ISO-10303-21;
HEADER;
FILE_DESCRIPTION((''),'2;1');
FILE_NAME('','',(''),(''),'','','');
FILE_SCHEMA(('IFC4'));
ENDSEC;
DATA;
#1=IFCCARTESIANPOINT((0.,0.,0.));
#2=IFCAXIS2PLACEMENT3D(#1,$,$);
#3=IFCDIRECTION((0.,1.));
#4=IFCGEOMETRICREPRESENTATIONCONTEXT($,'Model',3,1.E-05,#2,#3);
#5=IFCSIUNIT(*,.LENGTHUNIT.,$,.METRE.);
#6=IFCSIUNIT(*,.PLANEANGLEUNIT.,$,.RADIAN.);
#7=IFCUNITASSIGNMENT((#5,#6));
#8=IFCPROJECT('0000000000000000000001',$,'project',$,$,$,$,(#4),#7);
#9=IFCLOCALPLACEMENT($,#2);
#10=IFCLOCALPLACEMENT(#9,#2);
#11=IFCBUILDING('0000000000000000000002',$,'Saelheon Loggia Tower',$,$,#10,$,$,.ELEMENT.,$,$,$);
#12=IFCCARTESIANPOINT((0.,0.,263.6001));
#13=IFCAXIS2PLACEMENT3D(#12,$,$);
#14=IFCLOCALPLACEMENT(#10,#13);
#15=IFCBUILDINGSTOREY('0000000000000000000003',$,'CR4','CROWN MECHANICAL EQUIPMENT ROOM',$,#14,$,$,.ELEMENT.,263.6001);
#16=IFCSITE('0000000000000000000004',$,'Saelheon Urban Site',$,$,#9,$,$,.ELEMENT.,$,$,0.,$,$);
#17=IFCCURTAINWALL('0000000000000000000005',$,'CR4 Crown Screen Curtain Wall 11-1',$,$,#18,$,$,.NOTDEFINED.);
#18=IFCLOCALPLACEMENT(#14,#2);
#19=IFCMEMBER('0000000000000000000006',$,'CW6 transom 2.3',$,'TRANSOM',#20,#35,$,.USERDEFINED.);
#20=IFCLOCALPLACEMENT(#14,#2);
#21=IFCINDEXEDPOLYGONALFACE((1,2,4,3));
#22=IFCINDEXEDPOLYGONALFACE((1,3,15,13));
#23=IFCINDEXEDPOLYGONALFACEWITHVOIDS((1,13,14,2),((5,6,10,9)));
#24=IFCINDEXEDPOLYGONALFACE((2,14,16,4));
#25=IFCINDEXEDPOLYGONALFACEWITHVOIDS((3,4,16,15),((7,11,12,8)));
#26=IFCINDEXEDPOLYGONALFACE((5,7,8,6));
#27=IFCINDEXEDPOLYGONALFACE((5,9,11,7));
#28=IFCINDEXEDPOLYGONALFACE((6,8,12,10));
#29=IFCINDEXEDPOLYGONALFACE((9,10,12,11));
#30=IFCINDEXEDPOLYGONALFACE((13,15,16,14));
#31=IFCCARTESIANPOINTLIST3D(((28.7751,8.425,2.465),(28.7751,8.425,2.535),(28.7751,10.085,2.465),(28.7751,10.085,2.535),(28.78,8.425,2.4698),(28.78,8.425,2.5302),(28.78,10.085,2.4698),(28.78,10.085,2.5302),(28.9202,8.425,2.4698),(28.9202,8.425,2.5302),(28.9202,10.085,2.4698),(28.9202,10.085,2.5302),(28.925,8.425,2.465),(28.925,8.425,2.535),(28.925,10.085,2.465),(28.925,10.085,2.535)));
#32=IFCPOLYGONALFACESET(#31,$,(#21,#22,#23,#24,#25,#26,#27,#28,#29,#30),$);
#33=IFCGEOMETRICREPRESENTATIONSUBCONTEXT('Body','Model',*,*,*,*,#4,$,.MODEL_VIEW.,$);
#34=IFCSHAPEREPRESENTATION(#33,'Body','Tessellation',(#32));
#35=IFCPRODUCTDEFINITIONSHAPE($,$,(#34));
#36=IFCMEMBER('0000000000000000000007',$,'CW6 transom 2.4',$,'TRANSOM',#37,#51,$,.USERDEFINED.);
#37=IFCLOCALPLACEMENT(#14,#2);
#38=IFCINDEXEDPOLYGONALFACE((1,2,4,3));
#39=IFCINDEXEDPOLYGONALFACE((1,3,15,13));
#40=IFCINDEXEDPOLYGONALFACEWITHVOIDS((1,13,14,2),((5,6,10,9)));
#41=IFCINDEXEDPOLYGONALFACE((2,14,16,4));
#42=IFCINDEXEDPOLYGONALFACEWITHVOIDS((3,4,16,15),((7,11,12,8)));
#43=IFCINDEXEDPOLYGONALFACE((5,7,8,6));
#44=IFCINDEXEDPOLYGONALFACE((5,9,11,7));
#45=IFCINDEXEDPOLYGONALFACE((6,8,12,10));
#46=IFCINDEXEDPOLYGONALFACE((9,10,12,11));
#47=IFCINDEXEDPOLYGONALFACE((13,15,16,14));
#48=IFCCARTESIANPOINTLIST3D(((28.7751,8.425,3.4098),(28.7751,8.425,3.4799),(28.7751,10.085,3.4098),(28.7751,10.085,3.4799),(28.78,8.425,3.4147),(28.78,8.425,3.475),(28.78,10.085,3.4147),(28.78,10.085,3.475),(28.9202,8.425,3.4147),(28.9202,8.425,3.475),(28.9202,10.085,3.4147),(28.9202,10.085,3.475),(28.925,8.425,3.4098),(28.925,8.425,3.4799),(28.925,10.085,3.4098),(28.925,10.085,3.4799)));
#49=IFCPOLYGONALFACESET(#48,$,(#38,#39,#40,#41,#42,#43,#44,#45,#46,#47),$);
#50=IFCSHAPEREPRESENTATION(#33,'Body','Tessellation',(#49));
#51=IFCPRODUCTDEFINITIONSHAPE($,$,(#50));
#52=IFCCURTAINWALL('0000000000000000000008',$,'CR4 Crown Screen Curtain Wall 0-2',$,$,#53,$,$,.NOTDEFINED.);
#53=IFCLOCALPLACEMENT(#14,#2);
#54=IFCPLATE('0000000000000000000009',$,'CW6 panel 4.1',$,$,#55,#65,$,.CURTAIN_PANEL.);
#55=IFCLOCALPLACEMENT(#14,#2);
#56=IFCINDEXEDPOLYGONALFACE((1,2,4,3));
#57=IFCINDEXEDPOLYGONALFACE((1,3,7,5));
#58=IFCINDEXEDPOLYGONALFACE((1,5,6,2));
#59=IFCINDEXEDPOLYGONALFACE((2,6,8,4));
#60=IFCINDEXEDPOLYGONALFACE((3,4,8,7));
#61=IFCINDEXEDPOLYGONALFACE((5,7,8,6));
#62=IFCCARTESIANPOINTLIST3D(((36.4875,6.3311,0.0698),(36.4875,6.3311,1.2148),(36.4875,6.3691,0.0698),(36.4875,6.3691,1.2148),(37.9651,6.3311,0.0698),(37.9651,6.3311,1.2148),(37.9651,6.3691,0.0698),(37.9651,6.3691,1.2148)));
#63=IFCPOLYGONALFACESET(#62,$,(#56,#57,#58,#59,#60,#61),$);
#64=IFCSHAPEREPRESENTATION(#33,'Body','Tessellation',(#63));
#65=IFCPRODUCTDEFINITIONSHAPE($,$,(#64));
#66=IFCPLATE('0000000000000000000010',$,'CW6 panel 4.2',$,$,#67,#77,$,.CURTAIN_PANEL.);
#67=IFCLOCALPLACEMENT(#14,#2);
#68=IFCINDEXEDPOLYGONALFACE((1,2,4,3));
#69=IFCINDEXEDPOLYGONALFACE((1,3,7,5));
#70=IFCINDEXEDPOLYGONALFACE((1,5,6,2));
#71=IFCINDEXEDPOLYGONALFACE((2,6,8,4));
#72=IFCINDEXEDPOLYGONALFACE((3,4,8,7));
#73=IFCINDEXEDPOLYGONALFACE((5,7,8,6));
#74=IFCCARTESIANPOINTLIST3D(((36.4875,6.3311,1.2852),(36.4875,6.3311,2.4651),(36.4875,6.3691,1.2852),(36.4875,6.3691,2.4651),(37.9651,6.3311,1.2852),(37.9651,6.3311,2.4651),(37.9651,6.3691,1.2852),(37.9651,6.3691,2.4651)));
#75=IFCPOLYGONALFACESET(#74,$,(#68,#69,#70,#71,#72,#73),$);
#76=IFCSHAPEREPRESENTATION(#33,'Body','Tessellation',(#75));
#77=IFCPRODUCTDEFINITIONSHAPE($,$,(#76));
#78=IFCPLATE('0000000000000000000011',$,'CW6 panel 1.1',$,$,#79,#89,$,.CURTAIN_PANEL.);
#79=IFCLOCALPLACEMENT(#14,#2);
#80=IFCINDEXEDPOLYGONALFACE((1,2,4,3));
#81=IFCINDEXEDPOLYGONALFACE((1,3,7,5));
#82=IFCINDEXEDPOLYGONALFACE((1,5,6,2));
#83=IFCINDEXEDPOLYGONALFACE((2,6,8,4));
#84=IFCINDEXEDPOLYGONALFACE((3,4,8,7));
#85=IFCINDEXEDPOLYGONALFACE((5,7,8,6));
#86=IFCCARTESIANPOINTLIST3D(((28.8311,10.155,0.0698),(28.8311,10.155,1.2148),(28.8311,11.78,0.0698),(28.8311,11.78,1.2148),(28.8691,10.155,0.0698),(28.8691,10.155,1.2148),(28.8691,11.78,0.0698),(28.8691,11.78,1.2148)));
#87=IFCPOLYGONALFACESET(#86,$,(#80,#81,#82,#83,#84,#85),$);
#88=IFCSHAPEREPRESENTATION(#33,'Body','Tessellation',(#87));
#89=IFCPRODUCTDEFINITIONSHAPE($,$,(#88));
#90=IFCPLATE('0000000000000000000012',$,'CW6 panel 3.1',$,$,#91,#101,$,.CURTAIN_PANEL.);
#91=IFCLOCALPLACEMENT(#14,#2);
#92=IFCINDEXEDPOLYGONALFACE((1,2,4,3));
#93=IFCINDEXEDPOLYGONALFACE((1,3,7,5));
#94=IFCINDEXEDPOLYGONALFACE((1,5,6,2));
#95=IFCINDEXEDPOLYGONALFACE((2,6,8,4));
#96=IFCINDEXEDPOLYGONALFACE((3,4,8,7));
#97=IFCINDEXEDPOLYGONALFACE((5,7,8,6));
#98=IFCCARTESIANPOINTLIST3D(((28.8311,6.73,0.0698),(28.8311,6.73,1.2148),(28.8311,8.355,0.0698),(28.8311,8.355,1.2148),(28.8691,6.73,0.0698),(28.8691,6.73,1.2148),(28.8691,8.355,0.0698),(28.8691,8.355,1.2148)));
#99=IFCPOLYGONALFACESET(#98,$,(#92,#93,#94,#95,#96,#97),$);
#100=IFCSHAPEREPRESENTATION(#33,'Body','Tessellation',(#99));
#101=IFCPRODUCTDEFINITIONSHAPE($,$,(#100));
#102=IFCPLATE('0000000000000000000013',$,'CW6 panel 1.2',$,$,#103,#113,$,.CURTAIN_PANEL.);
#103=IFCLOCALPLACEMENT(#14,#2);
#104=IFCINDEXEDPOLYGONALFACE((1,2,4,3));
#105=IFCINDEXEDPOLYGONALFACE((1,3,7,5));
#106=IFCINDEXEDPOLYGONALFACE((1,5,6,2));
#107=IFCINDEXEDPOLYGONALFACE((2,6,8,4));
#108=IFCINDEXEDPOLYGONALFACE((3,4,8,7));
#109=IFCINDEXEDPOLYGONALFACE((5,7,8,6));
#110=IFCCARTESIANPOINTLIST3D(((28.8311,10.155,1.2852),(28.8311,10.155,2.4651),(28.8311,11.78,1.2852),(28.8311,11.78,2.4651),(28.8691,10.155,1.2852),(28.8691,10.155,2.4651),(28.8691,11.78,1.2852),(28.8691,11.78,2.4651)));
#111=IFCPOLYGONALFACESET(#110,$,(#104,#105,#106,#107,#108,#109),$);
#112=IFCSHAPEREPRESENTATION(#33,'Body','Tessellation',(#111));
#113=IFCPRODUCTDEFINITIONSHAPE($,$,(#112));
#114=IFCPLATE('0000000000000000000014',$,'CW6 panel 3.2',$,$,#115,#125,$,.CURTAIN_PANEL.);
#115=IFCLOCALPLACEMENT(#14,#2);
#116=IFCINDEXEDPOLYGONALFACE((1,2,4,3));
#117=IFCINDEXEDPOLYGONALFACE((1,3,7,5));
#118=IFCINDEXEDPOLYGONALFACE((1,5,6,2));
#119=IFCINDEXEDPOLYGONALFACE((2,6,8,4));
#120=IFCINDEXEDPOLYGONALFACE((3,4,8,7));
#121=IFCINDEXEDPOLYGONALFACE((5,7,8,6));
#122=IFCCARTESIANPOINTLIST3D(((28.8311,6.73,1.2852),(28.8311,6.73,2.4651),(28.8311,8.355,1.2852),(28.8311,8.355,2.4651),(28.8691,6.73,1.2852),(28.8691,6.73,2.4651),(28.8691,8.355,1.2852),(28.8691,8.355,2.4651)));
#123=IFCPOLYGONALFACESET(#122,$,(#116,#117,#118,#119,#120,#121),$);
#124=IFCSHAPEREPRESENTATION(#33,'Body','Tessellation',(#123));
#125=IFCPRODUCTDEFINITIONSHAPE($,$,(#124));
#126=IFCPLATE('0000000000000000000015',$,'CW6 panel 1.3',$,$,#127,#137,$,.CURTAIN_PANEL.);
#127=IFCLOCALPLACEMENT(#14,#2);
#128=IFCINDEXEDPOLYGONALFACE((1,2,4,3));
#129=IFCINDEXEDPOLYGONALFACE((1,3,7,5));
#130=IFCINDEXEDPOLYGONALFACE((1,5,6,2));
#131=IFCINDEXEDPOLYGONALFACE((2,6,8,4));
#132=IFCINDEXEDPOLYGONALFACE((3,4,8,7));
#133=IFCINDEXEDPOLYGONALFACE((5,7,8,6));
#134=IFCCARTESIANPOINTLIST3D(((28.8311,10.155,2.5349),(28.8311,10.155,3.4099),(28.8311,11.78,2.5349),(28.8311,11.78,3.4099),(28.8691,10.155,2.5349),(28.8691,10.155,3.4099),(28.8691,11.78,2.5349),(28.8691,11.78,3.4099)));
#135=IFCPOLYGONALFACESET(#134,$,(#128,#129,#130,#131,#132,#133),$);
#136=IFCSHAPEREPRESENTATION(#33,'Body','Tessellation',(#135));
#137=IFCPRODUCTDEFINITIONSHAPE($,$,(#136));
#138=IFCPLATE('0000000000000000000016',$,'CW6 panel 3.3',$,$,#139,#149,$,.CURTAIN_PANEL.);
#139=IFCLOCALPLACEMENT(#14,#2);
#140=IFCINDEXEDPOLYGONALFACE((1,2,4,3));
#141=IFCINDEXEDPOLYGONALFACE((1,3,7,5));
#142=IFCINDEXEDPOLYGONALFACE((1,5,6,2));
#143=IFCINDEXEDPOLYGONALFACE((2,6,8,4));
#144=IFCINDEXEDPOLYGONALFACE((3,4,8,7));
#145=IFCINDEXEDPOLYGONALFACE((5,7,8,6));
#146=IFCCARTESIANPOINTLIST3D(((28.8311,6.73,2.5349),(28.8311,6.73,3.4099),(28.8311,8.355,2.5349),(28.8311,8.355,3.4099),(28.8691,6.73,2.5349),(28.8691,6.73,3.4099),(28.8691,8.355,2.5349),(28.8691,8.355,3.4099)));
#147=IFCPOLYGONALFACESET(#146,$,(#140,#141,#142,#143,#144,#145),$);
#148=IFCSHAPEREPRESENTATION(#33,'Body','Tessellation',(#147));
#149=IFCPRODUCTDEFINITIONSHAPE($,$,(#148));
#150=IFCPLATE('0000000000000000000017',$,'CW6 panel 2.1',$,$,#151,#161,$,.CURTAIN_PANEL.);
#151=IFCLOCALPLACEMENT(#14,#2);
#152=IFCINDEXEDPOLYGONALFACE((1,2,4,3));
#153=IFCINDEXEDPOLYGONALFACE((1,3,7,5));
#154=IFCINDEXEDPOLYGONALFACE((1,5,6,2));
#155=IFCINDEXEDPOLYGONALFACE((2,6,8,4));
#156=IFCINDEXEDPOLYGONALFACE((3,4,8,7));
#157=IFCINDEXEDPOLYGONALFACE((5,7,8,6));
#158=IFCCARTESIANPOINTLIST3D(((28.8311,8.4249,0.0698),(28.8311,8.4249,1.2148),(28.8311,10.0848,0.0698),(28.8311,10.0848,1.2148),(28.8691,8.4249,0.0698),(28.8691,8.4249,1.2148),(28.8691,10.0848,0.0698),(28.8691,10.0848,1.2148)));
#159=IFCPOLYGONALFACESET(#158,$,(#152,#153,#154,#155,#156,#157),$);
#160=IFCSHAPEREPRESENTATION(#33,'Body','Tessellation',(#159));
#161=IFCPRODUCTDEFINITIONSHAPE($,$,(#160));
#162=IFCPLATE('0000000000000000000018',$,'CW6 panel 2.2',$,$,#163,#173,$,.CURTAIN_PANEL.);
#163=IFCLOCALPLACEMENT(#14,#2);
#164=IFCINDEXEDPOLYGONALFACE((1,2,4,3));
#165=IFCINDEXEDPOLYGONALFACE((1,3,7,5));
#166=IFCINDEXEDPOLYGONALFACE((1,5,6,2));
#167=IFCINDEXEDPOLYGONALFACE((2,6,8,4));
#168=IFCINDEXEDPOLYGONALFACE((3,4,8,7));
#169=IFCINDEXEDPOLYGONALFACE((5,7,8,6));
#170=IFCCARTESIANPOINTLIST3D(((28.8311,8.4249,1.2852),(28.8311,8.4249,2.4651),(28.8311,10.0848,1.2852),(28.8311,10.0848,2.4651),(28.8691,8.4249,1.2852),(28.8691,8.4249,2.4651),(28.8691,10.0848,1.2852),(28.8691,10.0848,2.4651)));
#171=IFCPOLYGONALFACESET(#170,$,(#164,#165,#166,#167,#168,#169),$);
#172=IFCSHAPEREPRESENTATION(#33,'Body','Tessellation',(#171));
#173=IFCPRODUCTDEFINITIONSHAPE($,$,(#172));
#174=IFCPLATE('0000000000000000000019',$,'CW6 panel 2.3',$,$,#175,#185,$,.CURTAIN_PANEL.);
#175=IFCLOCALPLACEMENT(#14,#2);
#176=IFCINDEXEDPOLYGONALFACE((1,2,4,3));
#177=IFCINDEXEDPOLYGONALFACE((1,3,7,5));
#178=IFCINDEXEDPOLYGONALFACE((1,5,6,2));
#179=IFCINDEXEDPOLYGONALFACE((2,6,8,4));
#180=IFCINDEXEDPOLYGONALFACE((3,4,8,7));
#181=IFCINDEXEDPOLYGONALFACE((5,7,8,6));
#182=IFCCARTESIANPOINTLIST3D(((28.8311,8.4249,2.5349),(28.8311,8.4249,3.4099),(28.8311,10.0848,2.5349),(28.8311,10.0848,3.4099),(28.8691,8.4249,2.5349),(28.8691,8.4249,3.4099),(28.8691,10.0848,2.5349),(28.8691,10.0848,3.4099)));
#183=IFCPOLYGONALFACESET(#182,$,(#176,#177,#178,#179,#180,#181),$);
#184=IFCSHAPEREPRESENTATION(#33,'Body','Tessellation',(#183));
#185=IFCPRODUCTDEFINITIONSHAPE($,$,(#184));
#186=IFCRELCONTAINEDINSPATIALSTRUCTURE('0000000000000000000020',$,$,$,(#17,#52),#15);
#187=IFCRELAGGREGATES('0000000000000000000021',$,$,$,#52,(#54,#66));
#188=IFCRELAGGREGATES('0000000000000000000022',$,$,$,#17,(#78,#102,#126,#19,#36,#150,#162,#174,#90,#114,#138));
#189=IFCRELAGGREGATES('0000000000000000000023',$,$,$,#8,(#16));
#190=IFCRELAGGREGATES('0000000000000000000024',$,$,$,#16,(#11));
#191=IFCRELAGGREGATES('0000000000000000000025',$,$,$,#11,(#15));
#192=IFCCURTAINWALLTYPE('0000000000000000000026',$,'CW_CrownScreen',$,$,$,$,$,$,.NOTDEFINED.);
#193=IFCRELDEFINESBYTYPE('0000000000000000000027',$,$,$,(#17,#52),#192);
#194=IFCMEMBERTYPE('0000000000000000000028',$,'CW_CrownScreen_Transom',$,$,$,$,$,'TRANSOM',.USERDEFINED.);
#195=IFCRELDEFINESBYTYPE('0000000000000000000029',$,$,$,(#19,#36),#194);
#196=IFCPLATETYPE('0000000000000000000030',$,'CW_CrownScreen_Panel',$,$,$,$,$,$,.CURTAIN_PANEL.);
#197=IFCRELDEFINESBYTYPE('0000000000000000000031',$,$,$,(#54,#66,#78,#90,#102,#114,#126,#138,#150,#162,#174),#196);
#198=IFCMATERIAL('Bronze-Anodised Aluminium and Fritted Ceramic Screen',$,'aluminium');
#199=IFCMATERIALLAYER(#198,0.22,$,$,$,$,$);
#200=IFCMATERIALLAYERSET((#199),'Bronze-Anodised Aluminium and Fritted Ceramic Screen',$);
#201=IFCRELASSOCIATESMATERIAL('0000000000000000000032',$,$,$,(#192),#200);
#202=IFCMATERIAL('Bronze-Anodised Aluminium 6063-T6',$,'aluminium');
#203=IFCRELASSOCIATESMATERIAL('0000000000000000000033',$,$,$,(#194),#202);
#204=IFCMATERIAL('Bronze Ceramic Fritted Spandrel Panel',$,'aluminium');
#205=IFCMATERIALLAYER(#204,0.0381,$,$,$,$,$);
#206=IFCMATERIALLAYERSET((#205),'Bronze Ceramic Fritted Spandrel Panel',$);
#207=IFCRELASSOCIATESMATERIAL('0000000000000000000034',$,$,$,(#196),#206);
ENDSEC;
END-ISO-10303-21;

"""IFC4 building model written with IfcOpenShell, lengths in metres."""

from ifc_helpers import new_model, si_unit, direction, frame, origin, origin_2d, place, context, subcontext, project, spatial, rectangle, hollow_rectangle, extrude, source, transform, mapped, material, layer, layer_set, material_profile, profile_set, type_object, element, aggregate, save


model = new_model("IFC4")

# Units and contexts
model_context = context("Model", 3, precision=1e-05, world=origin(), true_north=direction((0.0, 1.0)))
body_context = subcontext(model_context, "Body", "Model", "MODEL_VIEW")
ifc_project = project(units=[si_unit("LENGTHUNIT", "METRE"), si_unit("PLANEANGLEUNIT", "RADIAN")], contexts=[model_context])

# Site, building, storey
site_placement = place(None, origin())
site = spatial("IfcSite", under=ifc_project, at=site_placement, Name="Saelheon Urban Site", CompositionType="ELEMENT", RefElevation=0.0)
building_placement = place(site_placement, origin())
building = spatial("IfcBuilding", under=site, at=building_placement, Name="Saelheon Loggia Tower", CompositionType="ELEMENT")
storey_placement = place(building_placement, frame((0.0, 0.0, 263.6001)))
storey = spatial("IfcBuildingStorey", under=building, at=storey_placement, Name="CR4", Description="CROWN MECHANICAL EQUIPMENT ROOM", CompositionType="ELEMENT", Elevation=263.6001)

# Curtain wall, members
ifc_material_1 = material(Name="Bronze-Anodised Aluminium and Fritted Ceramic Screen", Category="aluminium")
ifc_layer_1 = layer(ifc_material_1, 0.22)
ifc_layer_set_1 = layer_set([ifc_layer_1], Name="Bronze-Anodised Aluminium and Fritted Ceramic Screen")
curtain_wall_type = type_object("IfcCurtainWallType", Name="CW_CrownScreen", PredefinedType="NOTDEFINED", material=ifc_layer_set_1)
curtain_wall_1_placement = place(storey_placement, origin())
curtain_wall_1 = element("IfcCurtainWall", 1, at=curtain_wall_1_placement, inside=storey, type_object=curtain_wall_type, Name="CR4 Crown Screen Curtain Wall 11-1", PredefinedType="NOTDEFINED")
ifc_material_2 = material(Name="Bronze-Anodised Aluminium 6063-T6", Category="aluminium")
ifc_material_profile_1 = material_profile(ifc_material_2, hollow_rectangle(XDim=0.0701, YDim=0.1499, WallThickness=0.0049, at=origin_2d()), Name="RHS-150x70x5")
ifc_profile_set_1 = profile_set([ifc_material_profile_1], Name="Bronze-Anodised Aluminium 6063-T6")
member_type_1 = type_object("IfcMemberType", Name="CW_CrownScreen_Transom", ElementType="TRANSOM", PredefinedType="USERDEFINED", material=ifc_profile_set_1)
shared_shape_1 = source(origin(), body_context, "Body", "SweptSolid", [
    extrude(hollow_rectangle(XDim=0.0701, YDim=0.1499, WallThickness=0.0049, at=origin_2d()), origin(), (0.0, 0.0, 1.0), 1.6599),
])
member_1_placement = place(storey_placement, frame((28.8501, 10.085, 2.5), z_axis=(0.0, -1.0, 0.0), x_axis=(0.0, 0.0, 1.0)))
member_1 = element("IfcMember", 2, at=member_1_placement, type_object=member_type_1, Name="CW6 transom 2.3", ObjectType="TRANSOM", PredefinedType="USERDEFINED", context=body_context, shape_type="MappedRepresentation", body=[
    mapped(shared_shape_1, transform((0.0, 0.0, 0.0), scale=1.0)),
])
member_2_placement = place(storey_placement, frame((28.8501, 10.085, 3.4448), z_axis=(0.0, -1.0, 0.0), x_axis=(0.0, 0.0, 1.0)))
member_2 = element("IfcMember", 3, at=member_2_placement, type_object=member_type_1, Name="CW6 transom 2.4", ObjectType="TRANSOM", PredefinedType="USERDEFINED", context=body_context, shape_type="MappedRepresentation", body=[
    mapped(shared_shape_1, transform((0.0, 0.0, 0.0), scale=1.0)),
])

# Curtain wall, plates
curtain_wall_2_placement = place(storey_placement, origin())
curtain_wall_2 = element("IfcCurtainWall", 4, at=curtain_wall_2_placement, inside=storey, type_object=curtain_wall_type, Name="CR4 Crown Screen Curtain Wall 0-2", PredefinedType="NOTDEFINED")
ifc_material_3 = material(Name="Bronze Ceramic Fritted Spandrel Panel", Category="aluminium")
ifc_layer_2 = layer(ifc_material_3, 0.0381)
ifc_layer_set_2 = layer_set([ifc_layer_2], Name="Bronze Ceramic Fritted Spandrel Panel")
plate_type = type_object("IfcPlateType", Name="CW_CrownScreen_Panel", PredefinedType="CURTAIN_PANEL", material=ifc_layer_set_2)
shared_shape_2 = source(origin(), body_context, "Body", "SweptSolid", [
    extrude(rectangle(XDim=1.4775, YDim=0.0381, at=origin_2d()), origin(), (0.0, 0.0, 1.0), 1.145),
])
plate_1_placement = place(storey_placement, frame((37.2263, 6.3501, 0.0698), z_axis=(0.0, 0.0, 1.0), x_axis=(1.0, 0.0, 0.0)))
plate_1 = element("IfcPlate", 5, at=plate_1_placement, type_object=plate_type, Name="CW6 panel 4.1", PredefinedType="CURTAIN_PANEL", context=body_context, shape_type="MappedRepresentation", body=[
    mapped(shared_shape_2, transform((0.0, 0.0, 0.0), scale=1.0)),
])
shared_shape_3 = source(origin(), body_context, "Body", "SweptSolid", [
    extrude(rectangle(XDim=1.4775, YDim=0.0381, at=origin_2d()), origin(), (0.0, 0.0, 1.0), 1.1799),
])
plate_2_placement = place(storey_placement, frame((37.2263, 6.3501, 1.2852), z_axis=(0.0, 0.0, 1.0), x_axis=(1.0, 0.0, 0.0)))
plate_2 = element("IfcPlate", 6, at=plate_2_placement, type_object=plate_type, Name="CW6 panel 4.2", PredefinedType="CURTAIN_PANEL", context=body_context, shape_type="MappedRepresentation", body=[
    mapped(shared_shape_3, transform((0.0, 0.0, 0.0), scale=1.0)),
])
aggregate(curtain_wall_2, [plate_1, plate_2])

# Plates
shared_shape_4 = source(origin(), body_context, "Body", "SweptSolid", [
    extrude(rectangle(XDim=1.625, YDim=0.0381, at=origin_2d()), origin(), (0.0, 0.0, 1.0), 1.145),
])
plate_3_placement = place(storey_placement, frame((28.8501, 10.9675, 0.0698), z_axis=(0.0, 0.0, 1.0), x_axis=(0.0, -1.0, 0.0)))
plate_3 = element("IfcPlate", 7, at=plate_3_placement, type_object=plate_type, Name="CW6 panel 1.1", PredefinedType="CURTAIN_PANEL", context=body_context, shape_type="MappedRepresentation", body=[
    mapped(shared_shape_4, transform((0.0, 0.0, 0.0), scale=1.0)),
])
plate_4_placement = place(storey_placement, frame((28.8501, 7.5425, 0.0698), z_axis=(0.0, 0.0, 1.0), x_axis=(0.0, -1.0, 0.0)))
plate_4 = element("IfcPlate", 8, at=plate_4_placement, type_object=plate_type, Name="CW6 panel 3.1", PredefinedType="CURTAIN_PANEL", context=body_context, shape_type="MappedRepresentation", body=[
    mapped(shared_shape_4, transform((0.0, 0.0, 0.0), scale=1.0)),
])
shared_shape_5 = source(origin(), body_context, "Body", "SweptSolid", [
    extrude(rectangle(XDim=1.625, YDim=0.0381, at=origin_2d()), origin(), (0.0, 0.0, 1.0), 1.1799),
])
plate_5_placement = place(storey_placement, frame((28.8501, 10.9675, 1.2852), z_axis=(0.0, 0.0, 1.0), x_axis=(0.0, -1.0, 0.0)))
plate_5 = element("IfcPlate", 9, at=plate_5_placement, type_object=plate_type, Name="CW6 panel 1.2", PredefinedType="CURTAIN_PANEL", context=body_context, shape_type="MappedRepresentation", body=[
    mapped(shared_shape_5, transform((0.0, 0.0, 0.0), scale=1.0)),
])
plate_6_placement = place(storey_placement, frame((28.8501, 7.5425, 1.2852), z_axis=(0.0, 0.0, 1.0), x_axis=(0.0, -1.0, 0.0)))
plate_6 = element("IfcPlate", 10, at=plate_6_placement, type_object=plate_type, Name="CW6 panel 3.2", PredefinedType="CURTAIN_PANEL", context=body_context, shape_type="MappedRepresentation", body=[
    mapped(shared_shape_5, transform((0.0, 0.0, 0.0), scale=1.0)),
])
shared_shape_6 = source(origin(), body_context, "Body", "SweptSolid", [
    extrude(rectangle(XDim=1.625, YDim=0.0381, at=origin_2d()), origin(), (0.0, 0.0, 1.0), 0.875),
])
plate_7_placement = place(storey_placement, frame((28.8501, 10.9675, 2.5349), z_axis=(0.0, 0.0, 1.0), x_axis=(0.0, -1.0, 0.0)))
plate_7 = element("IfcPlate", 11, at=plate_7_placement, type_object=plate_type, Name="CW6 panel 1.3", PredefinedType="CURTAIN_PANEL", context=body_context, shape_type="MappedRepresentation", body=[
    mapped(shared_shape_6, transform((0.0, 0.0, 0.0), scale=1.0)),
])
plate_8_placement = place(storey_placement, frame((28.8501, 7.5425, 2.5349), z_axis=(0.0, 0.0, 1.0), x_axis=(0.0, -1.0, 0.0)))
plate_8 = element("IfcPlate", 12, at=plate_8_placement, type_object=plate_type, Name="CW6 panel 3.3", PredefinedType="CURTAIN_PANEL", context=body_context, shape_type="MappedRepresentation", body=[
    mapped(shared_shape_6, transform((0.0, 0.0, 0.0), scale=1.0)),
])
shared_shape_7 = source(origin(), body_context, "Body", "SweptSolid", [
    extrude(rectangle(XDim=1.6599, YDim=0.0381, at=origin_2d()), origin(), (0.0, 0.0, 1.0), 1.145),
])
plate_9_placement = place(storey_placement, frame((28.8501, 9.2549, 0.0698), z_axis=(0.0, 0.0, 1.0), x_axis=(0.0, -1.0, 0.0)))
plate_9 = element("IfcPlate", 13, at=plate_9_placement, type_object=plate_type, Name="CW6 panel 2.1", PredefinedType="CURTAIN_PANEL", context=body_context, shape_type="MappedRepresentation", body=[
    mapped(shared_shape_7, transform((0.0, 0.0, 0.0), scale=1.0)),
])
shared_shape_8 = source(origin(), body_context, "Body", "SweptSolid", [
    extrude(rectangle(XDim=1.6599, YDim=0.0381, at=origin_2d()), origin(), (0.0, 0.0, 1.0), 1.1799),
])
plate_10_placement = place(storey_placement, frame((28.8501, 9.2549, 1.2852), z_axis=(0.0, 0.0, 1.0), x_axis=(0.0, -1.0, 0.0)))
plate_10 = element("IfcPlate", 14, at=plate_10_placement, type_object=plate_type, Name="CW6 panel 2.2", PredefinedType="CURTAIN_PANEL", context=body_context, shape_type="MappedRepresentation", body=[
    mapped(shared_shape_8, transform((0.0, 0.0, 0.0), scale=1.0)),
])
shared_shape_9 = source(origin(), body_context, "Body", "SweptSolid", [
    extrude(rectangle(XDim=1.6599, YDim=0.0381, at=origin_2d()), origin(), (0.0, 0.0, 1.0), 0.875),
])
plate_11_placement = place(storey_placement, frame((28.8501, 9.2549, 2.5349), z_axis=(0.0, 0.0, 1.0), x_axis=(0.0, -1.0, 0.0)))
plate_11 = element("IfcPlate", 15, at=plate_11_placement, type_object=plate_type, Name="CW6 panel 2.3", PredefinedType="CURTAIN_PANEL", context=body_context, shape_type="MappedRepresentation", body=[
    mapped(shared_shape_9, transform((0.0, 0.0, 0.0), scale=1.0)),
])
aggregate(curtain_wall_1, [plate_3, plate_5, plate_7, member_1, member_2, plate_9, plate_10, plate_11, plate_4, plate_6, plate_8])

save(model, "model.ifc")
